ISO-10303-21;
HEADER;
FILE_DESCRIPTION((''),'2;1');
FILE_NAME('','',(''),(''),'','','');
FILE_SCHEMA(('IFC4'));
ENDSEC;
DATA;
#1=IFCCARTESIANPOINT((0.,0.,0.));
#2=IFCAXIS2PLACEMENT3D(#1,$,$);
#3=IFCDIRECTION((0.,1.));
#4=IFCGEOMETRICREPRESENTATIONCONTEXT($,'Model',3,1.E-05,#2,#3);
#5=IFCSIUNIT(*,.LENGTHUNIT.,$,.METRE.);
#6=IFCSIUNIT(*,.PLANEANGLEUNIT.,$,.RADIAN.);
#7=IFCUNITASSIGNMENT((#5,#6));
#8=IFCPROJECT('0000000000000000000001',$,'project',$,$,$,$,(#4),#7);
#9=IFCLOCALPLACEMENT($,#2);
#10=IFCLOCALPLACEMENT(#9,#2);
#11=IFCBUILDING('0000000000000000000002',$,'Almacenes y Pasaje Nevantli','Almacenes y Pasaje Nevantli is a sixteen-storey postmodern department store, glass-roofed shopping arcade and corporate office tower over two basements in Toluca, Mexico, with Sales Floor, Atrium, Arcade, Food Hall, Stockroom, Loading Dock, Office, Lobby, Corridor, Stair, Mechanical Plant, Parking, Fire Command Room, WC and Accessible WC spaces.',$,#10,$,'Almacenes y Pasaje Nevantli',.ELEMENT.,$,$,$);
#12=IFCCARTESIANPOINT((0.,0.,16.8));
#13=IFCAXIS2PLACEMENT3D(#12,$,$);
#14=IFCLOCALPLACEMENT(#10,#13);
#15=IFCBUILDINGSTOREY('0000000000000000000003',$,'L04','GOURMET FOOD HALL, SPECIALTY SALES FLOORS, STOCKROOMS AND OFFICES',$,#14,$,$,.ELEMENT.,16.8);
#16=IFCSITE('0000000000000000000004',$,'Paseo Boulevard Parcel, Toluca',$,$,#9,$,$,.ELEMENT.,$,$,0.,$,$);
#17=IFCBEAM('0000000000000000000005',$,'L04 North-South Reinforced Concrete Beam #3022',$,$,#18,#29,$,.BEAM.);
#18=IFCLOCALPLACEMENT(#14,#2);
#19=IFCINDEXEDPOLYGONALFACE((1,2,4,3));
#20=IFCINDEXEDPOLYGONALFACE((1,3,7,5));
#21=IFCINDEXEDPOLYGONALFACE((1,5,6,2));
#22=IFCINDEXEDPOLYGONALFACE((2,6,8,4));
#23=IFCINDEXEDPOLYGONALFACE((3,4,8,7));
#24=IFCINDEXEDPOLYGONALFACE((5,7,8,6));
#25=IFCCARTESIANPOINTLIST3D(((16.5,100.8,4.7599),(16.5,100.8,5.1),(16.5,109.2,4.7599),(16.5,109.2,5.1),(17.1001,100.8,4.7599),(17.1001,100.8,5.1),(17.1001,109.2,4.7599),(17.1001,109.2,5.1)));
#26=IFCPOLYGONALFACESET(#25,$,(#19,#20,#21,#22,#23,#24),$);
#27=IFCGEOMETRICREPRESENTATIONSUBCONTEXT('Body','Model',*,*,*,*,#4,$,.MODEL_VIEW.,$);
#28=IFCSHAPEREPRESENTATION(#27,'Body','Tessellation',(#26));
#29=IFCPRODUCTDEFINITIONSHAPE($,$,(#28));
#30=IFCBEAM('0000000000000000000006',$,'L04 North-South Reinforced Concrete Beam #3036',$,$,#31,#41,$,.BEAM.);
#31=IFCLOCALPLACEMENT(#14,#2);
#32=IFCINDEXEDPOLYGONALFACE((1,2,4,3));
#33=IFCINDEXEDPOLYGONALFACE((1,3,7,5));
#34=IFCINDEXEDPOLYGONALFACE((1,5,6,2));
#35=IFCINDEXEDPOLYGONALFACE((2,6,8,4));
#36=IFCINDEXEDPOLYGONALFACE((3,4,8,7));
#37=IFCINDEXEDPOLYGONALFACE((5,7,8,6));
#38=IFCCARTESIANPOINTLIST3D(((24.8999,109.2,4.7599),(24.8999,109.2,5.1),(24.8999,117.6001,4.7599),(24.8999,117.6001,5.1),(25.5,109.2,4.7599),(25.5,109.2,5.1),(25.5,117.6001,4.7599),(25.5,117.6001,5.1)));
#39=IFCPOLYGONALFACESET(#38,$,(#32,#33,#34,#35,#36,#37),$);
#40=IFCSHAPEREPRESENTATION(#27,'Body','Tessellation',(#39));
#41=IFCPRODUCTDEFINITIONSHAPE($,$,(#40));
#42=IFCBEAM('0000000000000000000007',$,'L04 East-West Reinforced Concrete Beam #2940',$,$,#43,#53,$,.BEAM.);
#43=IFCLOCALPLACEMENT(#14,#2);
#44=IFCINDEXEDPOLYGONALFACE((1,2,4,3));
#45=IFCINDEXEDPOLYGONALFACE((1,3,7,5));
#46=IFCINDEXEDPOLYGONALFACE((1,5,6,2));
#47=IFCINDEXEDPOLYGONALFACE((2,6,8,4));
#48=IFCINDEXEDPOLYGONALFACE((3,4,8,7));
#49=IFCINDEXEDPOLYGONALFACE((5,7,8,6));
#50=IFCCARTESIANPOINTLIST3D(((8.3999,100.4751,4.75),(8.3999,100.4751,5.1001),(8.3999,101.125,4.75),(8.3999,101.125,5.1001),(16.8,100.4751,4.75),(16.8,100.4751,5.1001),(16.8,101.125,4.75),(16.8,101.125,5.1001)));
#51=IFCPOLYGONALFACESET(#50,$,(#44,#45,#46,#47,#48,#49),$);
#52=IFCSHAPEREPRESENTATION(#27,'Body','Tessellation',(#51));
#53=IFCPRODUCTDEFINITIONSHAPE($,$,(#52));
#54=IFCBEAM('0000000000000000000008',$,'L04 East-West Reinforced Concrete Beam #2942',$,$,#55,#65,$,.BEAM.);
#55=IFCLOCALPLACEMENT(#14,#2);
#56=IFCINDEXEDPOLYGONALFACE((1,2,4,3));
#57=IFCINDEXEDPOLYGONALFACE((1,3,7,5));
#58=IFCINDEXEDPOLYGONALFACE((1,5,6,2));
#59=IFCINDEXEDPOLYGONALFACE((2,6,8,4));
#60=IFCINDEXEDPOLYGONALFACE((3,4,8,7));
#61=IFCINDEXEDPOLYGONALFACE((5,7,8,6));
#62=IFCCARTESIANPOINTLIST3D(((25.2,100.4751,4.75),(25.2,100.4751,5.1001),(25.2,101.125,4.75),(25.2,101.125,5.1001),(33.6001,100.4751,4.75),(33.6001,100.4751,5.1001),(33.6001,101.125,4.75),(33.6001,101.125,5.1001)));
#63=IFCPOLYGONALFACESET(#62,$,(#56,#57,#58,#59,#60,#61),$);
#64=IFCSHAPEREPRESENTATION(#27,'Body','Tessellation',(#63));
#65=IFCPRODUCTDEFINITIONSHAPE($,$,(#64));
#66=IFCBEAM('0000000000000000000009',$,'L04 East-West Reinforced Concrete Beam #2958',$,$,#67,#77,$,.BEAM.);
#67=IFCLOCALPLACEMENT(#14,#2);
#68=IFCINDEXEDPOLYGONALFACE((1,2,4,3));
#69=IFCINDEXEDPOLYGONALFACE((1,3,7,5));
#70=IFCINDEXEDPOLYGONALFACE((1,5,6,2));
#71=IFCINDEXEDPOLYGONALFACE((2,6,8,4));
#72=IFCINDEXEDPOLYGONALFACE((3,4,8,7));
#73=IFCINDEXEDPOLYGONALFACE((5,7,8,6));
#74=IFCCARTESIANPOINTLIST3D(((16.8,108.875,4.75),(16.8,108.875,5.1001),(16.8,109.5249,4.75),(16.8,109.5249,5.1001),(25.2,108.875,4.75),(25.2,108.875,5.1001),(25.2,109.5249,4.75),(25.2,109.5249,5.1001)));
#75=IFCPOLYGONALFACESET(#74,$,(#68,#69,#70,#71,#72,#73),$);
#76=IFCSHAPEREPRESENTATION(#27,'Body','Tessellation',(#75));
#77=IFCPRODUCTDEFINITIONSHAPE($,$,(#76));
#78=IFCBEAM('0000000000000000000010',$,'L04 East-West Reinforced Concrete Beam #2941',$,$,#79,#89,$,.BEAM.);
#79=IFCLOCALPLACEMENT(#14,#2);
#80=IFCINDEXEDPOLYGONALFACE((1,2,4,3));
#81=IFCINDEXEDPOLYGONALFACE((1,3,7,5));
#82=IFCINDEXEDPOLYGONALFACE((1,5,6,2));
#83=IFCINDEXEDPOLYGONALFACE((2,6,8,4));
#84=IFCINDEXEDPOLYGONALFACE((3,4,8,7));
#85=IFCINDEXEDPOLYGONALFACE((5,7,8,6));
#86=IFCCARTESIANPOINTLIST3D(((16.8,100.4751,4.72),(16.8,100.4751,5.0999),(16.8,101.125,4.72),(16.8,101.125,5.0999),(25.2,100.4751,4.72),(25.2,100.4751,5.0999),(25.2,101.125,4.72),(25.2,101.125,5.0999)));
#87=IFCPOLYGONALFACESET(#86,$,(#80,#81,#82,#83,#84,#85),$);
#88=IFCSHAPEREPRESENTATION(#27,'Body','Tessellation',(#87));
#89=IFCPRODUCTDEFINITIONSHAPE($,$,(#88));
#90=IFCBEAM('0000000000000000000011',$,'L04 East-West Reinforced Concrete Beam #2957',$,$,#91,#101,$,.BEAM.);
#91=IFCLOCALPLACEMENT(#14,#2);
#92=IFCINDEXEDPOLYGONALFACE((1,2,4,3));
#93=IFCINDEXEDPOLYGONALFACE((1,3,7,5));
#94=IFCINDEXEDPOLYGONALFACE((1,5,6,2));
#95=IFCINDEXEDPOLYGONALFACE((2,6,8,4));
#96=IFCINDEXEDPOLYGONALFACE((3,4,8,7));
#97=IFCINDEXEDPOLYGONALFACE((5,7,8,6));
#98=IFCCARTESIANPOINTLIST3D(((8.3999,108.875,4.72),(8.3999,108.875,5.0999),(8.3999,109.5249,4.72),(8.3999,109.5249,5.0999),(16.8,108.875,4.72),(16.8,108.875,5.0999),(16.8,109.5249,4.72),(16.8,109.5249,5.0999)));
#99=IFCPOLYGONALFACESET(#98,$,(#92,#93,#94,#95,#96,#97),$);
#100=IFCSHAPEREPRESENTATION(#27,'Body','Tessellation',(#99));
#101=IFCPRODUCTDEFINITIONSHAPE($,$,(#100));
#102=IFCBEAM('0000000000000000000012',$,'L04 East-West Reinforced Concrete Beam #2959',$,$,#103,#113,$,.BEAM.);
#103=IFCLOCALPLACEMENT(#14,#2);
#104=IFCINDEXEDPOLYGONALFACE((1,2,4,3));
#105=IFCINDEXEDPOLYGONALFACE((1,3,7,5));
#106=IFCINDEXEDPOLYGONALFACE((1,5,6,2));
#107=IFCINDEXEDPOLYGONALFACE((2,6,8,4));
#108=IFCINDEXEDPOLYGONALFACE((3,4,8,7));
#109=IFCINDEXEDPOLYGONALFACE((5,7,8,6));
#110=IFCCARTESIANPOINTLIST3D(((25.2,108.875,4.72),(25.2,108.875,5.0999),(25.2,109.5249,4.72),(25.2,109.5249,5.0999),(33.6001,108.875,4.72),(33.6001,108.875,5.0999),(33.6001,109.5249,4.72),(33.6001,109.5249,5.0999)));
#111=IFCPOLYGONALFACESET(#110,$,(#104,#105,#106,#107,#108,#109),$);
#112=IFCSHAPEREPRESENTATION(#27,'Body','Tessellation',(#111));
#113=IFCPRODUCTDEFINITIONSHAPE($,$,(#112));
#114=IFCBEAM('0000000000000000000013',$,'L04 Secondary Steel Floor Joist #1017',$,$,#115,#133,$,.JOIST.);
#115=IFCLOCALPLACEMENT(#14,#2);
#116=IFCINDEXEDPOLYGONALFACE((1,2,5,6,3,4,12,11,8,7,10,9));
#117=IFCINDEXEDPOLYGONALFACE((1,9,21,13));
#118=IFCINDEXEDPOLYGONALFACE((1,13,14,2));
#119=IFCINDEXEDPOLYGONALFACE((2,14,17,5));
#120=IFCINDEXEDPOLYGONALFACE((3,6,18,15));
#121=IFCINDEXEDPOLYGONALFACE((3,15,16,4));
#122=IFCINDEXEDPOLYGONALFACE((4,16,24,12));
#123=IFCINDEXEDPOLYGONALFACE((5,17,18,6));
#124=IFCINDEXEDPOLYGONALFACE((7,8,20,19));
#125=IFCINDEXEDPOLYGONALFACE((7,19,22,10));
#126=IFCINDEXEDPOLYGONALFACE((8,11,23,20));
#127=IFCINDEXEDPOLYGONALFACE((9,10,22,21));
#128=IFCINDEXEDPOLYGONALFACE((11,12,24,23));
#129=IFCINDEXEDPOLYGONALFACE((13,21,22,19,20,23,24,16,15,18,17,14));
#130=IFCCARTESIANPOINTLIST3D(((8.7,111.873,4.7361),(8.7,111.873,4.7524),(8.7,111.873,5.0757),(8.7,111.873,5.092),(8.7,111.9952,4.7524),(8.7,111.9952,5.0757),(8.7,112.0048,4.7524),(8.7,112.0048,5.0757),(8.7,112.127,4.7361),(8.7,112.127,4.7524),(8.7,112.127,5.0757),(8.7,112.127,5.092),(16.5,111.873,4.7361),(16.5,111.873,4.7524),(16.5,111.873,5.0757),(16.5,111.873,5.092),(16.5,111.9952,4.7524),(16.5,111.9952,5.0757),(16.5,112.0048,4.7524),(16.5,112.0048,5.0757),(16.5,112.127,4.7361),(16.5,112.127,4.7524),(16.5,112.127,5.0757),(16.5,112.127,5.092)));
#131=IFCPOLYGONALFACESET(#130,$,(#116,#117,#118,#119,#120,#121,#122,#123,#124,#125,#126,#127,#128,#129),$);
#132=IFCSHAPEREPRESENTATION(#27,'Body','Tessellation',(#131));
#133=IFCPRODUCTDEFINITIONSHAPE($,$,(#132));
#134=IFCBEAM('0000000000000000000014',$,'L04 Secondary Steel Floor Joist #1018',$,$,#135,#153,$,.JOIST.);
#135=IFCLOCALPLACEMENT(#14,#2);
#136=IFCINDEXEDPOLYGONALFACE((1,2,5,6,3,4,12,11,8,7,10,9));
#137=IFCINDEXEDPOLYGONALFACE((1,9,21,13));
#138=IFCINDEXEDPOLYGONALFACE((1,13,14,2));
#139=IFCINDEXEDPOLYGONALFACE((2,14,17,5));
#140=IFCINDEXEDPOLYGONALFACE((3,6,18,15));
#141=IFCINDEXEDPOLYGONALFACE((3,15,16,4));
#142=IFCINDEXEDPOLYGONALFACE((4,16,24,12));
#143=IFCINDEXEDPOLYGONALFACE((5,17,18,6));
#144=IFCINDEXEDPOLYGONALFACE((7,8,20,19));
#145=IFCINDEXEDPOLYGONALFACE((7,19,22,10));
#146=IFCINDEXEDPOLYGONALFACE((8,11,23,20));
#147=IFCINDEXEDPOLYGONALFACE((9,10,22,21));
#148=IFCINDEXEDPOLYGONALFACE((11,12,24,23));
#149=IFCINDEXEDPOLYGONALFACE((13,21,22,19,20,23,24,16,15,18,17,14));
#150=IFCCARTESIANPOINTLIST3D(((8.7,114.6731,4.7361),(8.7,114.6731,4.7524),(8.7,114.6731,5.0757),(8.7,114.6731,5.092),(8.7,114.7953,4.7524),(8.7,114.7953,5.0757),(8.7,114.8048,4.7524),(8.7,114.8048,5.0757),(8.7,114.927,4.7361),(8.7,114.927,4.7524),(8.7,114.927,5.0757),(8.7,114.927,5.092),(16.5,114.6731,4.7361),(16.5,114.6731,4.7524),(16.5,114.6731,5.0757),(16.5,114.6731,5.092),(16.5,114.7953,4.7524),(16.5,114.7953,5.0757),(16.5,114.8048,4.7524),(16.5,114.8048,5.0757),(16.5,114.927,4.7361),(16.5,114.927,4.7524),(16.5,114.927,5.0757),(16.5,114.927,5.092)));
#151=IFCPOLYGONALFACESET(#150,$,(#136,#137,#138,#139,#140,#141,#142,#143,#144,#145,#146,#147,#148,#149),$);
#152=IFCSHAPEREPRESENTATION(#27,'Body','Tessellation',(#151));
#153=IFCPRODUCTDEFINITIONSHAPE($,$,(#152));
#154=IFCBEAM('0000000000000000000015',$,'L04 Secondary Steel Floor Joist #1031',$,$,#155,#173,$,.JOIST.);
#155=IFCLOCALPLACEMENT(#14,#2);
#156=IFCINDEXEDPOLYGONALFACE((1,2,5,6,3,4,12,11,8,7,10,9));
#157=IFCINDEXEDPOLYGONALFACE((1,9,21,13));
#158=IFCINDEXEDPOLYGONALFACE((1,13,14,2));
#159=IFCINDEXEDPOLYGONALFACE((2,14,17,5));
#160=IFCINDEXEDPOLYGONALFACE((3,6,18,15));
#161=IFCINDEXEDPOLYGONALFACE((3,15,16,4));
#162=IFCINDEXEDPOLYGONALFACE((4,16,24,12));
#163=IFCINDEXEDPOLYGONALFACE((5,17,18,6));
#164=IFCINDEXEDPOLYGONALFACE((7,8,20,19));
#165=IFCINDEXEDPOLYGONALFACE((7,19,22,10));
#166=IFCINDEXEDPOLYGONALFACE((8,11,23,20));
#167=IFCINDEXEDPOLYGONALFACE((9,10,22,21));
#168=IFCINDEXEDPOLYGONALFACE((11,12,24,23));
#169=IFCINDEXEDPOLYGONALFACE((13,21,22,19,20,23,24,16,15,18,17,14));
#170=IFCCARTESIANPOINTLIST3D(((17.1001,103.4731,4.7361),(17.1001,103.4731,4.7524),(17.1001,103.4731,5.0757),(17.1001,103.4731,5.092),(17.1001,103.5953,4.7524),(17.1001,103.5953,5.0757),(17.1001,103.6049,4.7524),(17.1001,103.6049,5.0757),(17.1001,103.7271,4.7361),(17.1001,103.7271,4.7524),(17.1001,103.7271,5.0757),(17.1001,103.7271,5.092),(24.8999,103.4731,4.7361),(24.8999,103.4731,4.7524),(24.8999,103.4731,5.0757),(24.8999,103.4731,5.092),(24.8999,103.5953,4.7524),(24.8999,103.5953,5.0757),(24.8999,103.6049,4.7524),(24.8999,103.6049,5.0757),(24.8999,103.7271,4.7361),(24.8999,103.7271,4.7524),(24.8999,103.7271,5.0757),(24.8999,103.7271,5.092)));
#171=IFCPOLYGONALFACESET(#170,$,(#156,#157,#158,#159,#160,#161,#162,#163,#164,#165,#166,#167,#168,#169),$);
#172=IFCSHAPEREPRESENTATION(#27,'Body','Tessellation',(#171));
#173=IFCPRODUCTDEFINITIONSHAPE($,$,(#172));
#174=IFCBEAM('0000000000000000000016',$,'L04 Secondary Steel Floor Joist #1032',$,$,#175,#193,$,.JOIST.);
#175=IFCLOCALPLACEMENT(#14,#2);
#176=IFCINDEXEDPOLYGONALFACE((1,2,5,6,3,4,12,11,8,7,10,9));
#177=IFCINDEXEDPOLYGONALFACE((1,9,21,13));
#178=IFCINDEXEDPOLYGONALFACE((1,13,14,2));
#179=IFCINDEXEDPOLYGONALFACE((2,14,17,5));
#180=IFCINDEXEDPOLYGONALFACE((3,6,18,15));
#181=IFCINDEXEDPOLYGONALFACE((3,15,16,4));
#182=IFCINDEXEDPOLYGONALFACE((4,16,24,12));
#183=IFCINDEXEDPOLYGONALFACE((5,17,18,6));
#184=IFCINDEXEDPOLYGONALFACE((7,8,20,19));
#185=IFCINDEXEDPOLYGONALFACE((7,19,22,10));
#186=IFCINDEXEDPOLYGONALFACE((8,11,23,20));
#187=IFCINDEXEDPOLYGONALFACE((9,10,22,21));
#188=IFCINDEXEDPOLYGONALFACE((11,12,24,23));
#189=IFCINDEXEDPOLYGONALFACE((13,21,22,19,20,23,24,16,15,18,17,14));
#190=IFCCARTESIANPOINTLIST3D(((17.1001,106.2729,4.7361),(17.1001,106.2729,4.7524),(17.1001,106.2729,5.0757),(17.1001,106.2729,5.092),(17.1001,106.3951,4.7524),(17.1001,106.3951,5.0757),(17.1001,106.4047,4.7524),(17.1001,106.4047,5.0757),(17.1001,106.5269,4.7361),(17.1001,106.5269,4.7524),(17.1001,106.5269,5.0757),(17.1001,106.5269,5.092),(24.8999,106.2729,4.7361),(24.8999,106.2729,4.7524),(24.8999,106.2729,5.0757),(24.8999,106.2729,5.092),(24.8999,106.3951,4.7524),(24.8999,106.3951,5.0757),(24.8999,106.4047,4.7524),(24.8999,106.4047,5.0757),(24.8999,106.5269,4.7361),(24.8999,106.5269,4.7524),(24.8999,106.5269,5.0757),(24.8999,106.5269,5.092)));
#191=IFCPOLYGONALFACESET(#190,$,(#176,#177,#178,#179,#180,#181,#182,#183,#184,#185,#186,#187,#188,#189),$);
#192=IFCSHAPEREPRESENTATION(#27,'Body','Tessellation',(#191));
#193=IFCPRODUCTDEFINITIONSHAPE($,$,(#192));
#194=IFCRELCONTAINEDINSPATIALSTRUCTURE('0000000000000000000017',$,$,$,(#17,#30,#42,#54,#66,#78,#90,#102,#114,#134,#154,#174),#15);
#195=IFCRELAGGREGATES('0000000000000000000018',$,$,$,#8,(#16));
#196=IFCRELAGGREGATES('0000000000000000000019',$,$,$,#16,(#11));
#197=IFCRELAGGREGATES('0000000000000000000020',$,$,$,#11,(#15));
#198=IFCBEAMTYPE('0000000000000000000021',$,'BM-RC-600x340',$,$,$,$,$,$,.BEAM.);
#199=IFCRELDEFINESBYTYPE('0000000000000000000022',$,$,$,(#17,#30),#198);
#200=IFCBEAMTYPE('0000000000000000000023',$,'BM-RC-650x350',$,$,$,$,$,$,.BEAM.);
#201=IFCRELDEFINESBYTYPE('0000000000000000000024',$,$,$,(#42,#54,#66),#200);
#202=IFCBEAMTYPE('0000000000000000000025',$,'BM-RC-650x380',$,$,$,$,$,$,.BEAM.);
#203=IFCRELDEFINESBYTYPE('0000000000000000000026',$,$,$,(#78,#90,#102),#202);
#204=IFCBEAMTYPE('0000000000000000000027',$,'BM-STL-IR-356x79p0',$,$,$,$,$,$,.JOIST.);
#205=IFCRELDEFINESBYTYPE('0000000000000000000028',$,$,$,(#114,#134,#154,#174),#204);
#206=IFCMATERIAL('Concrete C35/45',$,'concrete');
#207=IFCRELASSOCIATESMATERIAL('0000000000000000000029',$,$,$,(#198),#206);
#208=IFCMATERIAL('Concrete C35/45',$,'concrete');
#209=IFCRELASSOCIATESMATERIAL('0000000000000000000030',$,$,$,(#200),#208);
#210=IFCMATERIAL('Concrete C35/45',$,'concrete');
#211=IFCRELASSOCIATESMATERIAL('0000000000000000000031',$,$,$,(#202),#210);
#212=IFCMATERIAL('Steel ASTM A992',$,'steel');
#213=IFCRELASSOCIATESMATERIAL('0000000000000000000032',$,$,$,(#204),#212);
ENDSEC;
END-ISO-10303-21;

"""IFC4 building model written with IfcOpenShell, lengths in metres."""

from ifc_helpers import new_model, si_unit, direction, frame, origin, origin_2d, place, context, subcontext, project, spatial, rectangle, i_section, extrude, material, material_profile, profile_set, type_object, element, save


model = new_model("IFC4")

# Units and contexts
model_context = context("Model", 3, precision=1e-05, world=origin(), true_north=direction((0.0, 1.0)))
body_context = subcontext(model_context, "Body", "Model", "MODEL_VIEW")
ifc_project = project(units=[si_unit("LENGTHUNIT", "METRE"), si_unit("PLANEANGLEUNIT", "RADIAN")], contexts=[model_context])

# Site, building, storey
site_placement = place(None, origin())
site = spatial("IfcSite", under=ifc_project, at=site_placement, Name="Paseo Boulevard Parcel, Toluca", CompositionType="ELEMENT", RefElevation=0.0)
building_placement = place(site_placement, origin())
building = spatial("IfcBuilding", under=site, at=building_placement, Name="Almacenes y Pasaje Nevantli", Description="Almacenes y Pasaje Nevantli is a sixteen-storey postmodern department store, glass-roofed shopping arcade and corporate office tower over two basements in Toluca, Mexico, with Sales Floor, Atrium, Arcade, Food Hall, Stockroom, Loading Dock, Office, Lobby, Corridor, Stair, Mechanical Plant, Parking, Fire Command Room, WC and Accessible WC spaces.", LongName="Almacenes y Pasaje Nevantli", CompositionType="ELEMENT")
storey_placement = place(building_placement, frame((0.0, 0.0, 16.8)))
storey = spatial("IfcBuildingStorey", under=building, at=storey_placement, Name="L04", Description="GOURMET FOOD HALL, SPECIALTY SALES FLOORS, STOCKROOMS AND OFFICES", CompositionType="ELEMENT", Elevation=16.8)

# Beams
ifc_material_1 = material(Name="Concrete C35/45", Category="concrete")
ifc_material_profile_1 = material_profile(ifc_material_1, rectangle(XDim=0.6001, YDim=0.3401, at=origin_2d()), Name="RC-BM-600x340")
ifc_profile_set_1 = profile_set([ifc_material_profile_1], Name="Concrete C35/45")
beam_type_1 = type_object("IfcBeamType", Name="BM-RC-600x340", PredefinedType="BEAM", material=ifc_profile_set_1)
beam_1_placement = place(storey_placement, frame((16.8, 100.8, 4.9299), z_axis=(0.0, 1.0, 0.0), x_axis=(-1.0, 0.0, 0.0)))
element("IfcBeam", 1, at=beam_1_placement, inside=storey, type_object=beam_type_1, Name="L04 North-South Reinforced Concrete Beam #3022", PredefinedType="BEAM", context=body_context, shape_type="SweptSolid", body=[
    extrude(rectangle(XDim=0.6001, YDim=0.3401, at=origin_2d()), origin(), (0.0, 0.0, 1.0), 8.3999),
])
beam_2_placement = place(storey_placement, frame((25.2, 109.2, 4.9299), z_axis=(0.0, 1.0, 0.0), x_axis=(-1.0, 0.0, 0.0)))
element("IfcBeam", 2, at=beam_2_placement, inside=storey, type_object=beam_type_1, Name="L04 North-South Reinforced Concrete Beam #3036", PredefinedType="BEAM", context=body_context, shape_type="SweptSolid", body=[
    extrude(rectangle(XDim=0.6001, YDim=0.3401, at=origin_2d()), origin(), (0.0, 0.0, 1.0), 8.4001),
])
ifc_material_2 = material(Name="Concrete C35/45", Category="concrete")
ifc_material_profile_2 = material_profile(ifc_material_2, rectangle(XDim=0.6499, YDim=0.3501, at=origin_2d()), Name="RC-BM-650x350")
ifc_profile_set_2 = profile_set([ifc_material_profile_2], Name="Concrete C35/45")
beam_type_2 = type_object("IfcBeamType", Name="BM-RC-650x350", PredefinedType="BEAM", material=ifc_profile_set_2)
for number, where, z_axis, x_axis, name in (
    (3, (8.3999, 100.8, 4.925), (1.0, 0.0, 0.0), (0.0, 1.0, 0.0), "L04 East-West Reinforced Concrete Beam #2940"),
    (4, (25.2, 100.8, 4.925), (1.0, 0.0, 0.0), (0.0, 1.0, 0.0), "L04 East-West Reinforced Concrete Beam #2942"),
):
    element("IfcBeam", number, at=place(storey_placement, frame(where, z_axis=z_axis, x_axis=x_axis)), inside=storey, type_object=beam_type_2, Name=name, PredefinedType="BEAM", context=body_context, shape_type="SweptSolid", body=[
        extrude(rectangle(XDim=0.6499, YDim=0.3501, at=origin_2d()), origin(), (0.0, 0.0, 1.0), 8.4001),
    ])
beam_3_placement = place(storey_placement, frame((16.8, 109.2, 4.925), z_axis=(1.0, 0.0, 0.0), x_axis=(0.0, 1.0, 0.0)))
element("IfcBeam", 5, at=beam_3_placement, inside=storey, type_object=beam_type_2, Name="L04 East-West Reinforced Concrete Beam #2958", PredefinedType="BEAM", context=body_context, shape_type="SweptSolid", body=[
    extrude(rectangle(XDim=0.6499, YDim=0.3501, at=origin_2d()), origin(), (0.0, 0.0, 1.0), 8.3999),
])
ifc_material_3 = material(Name="Concrete C35/45", Category="concrete")
ifc_material_profile_3 = material_profile(ifc_material_3, rectangle(XDim=0.6499, YDim=0.3799, at=origin_2d()), Name="RC-BM-650x380")
ifc_profile_set_3 = profile_set([ifc_material_profile_3], Name="Concrete C35/45")
beam_type_3 = type_object("IfcBeamType", Name="BM-RC-650x380", PredefinedType="BEAM", material=ifc_profile_set_3)
beam_4_placement = place(storey_placement, frame((16.8, 100.8, 4.9099), z_axis=(1.0, 0.0, 0.0), x_axis=(0.0, 1.0, 0.0)))
element("IfcBeam", 6, at=beam_4_placement, inside=storey, type_object=beam_type_3, Name="L04 East-West Reinforced Concrete Beam #2941", PredefinedType="BEAM", context=body_context, shape_type="SweptSolid", body=[
    extrude(rectangle(XDim=0.6499, YDim=0.3799, at=origin_2d()), origin(), (0.0, 0.0, 1.0), 8.3999),
])
for number, where, z_axis, x_axis, name in (
    (7, (8.3999, 109.2, 4.9099), (1.0, 0.0, 0.0), (0.0, 1.0, 0.0), "L04 East-West Reinforced Concrete Beam #2957"),
    (8, (25.2, 109.2, 4.9099), (1.0, 0.0, 0.0), (0.0, 1.0, 0.0), "L04 East-West Reinforced Concrete Beam #2959"),
):
    element("IfcBeam", number, at=place(storey_placement, frame(where, z_axis=z_axis, x_axis=x_axis)), inside=storey, type_object=beam_type_3, Name=name, PredefinedType="BEAM", context=body_context, shape_type="SweptSolid", body=[
        extrude(rectangle(XDim=0.6499, YDim=0.3799, at=origin_2d()), origin(), (0.0, 0.0, 1.0), 8.4001),
    ])
ifc_material_4 = material(Name="Steel ASTM A992", Category="steel")
ifc_material_profile_4 = material_profile(ifc_material_4, i_section(OverallWidth=0.2539, OverallDepth=0.356, WebThickness=0.0095, FlangeThickness=0.0164, at=origin_2d()), Name="IR 356x79.0")
ifc_profile_set_4 = profile_set([ifc_material_profile_4], Name="Steel ASTM A992")
beam_type_4 = type_object("IfcBeamType", Name="BM-STL-IR-356x79p0", PredefinedType="JOIST", material=ifc_profile_set_4)
for number, where, z_axis, x_axis, name in (
    (9, (8.7, 112.0, 4.9141), (1.0, 0.0, 0.0), (0.0, 1.0, 0.0), "L04 Secondary Steel Floor Joist #1017"),
    (10, (8.7, 114.8, 4.9141), (1.0, 0.0, 0.0), (0.0, 1.0, 0.0), "L04 Secondary Steel Floor Joist #1018"),
):
    element("IfcBeam", number, at=place(storey_placement, frame(where, z_axis=z_axis, x_axis=x_axis)), inside=storey, type_object=beam_type_4, Name=name, PredefinedType="JOIST", context=body_context, shape_type="SweptSolid", body=[
        extrude(i_section(OverallWidth=0.2539, OverallDepth=0.356, WebThickness=0.0095, FlangeThickness=0.0164, at=origin_2d()), origin(), (0.0, 0.0, 1.0), 7.8),
    ])
for number, where, z_axis, x_axis, name in (
    (11, (17.1001, 103.6001, 4.9141), (1.0, 0.0, 0.0), (0.0, 1.0, 0.0), "L04 Secondary Steel Floor Joist #1031"),
    (12, (17.1001, 106.3999, 4.9141), (1.0, 0.0, 0.0), (0.0, 1.0, 0.0), "L04 Secondary Steel Floor Joist #1032"),
):
    element("IfcBeam", number, at=place(storey_placement, frame(where, z_axis=z_axis, x_axis=x_axis)), inside=storey, type_object=beam_type_4, Name=name, PredefinedType="JOIST", context=body_context, shape_type="SweptSolid", body=[
        extrude(i_section(OverallWidth=0.2539, OverallDepth=0.356, WebThickness=0.0095, FlangeThickness=0.0164, at=origin_2d()), origin(), (0.0, 0.0, 1.0), 7.7998),
    ])

save(model, "model.ifc")
